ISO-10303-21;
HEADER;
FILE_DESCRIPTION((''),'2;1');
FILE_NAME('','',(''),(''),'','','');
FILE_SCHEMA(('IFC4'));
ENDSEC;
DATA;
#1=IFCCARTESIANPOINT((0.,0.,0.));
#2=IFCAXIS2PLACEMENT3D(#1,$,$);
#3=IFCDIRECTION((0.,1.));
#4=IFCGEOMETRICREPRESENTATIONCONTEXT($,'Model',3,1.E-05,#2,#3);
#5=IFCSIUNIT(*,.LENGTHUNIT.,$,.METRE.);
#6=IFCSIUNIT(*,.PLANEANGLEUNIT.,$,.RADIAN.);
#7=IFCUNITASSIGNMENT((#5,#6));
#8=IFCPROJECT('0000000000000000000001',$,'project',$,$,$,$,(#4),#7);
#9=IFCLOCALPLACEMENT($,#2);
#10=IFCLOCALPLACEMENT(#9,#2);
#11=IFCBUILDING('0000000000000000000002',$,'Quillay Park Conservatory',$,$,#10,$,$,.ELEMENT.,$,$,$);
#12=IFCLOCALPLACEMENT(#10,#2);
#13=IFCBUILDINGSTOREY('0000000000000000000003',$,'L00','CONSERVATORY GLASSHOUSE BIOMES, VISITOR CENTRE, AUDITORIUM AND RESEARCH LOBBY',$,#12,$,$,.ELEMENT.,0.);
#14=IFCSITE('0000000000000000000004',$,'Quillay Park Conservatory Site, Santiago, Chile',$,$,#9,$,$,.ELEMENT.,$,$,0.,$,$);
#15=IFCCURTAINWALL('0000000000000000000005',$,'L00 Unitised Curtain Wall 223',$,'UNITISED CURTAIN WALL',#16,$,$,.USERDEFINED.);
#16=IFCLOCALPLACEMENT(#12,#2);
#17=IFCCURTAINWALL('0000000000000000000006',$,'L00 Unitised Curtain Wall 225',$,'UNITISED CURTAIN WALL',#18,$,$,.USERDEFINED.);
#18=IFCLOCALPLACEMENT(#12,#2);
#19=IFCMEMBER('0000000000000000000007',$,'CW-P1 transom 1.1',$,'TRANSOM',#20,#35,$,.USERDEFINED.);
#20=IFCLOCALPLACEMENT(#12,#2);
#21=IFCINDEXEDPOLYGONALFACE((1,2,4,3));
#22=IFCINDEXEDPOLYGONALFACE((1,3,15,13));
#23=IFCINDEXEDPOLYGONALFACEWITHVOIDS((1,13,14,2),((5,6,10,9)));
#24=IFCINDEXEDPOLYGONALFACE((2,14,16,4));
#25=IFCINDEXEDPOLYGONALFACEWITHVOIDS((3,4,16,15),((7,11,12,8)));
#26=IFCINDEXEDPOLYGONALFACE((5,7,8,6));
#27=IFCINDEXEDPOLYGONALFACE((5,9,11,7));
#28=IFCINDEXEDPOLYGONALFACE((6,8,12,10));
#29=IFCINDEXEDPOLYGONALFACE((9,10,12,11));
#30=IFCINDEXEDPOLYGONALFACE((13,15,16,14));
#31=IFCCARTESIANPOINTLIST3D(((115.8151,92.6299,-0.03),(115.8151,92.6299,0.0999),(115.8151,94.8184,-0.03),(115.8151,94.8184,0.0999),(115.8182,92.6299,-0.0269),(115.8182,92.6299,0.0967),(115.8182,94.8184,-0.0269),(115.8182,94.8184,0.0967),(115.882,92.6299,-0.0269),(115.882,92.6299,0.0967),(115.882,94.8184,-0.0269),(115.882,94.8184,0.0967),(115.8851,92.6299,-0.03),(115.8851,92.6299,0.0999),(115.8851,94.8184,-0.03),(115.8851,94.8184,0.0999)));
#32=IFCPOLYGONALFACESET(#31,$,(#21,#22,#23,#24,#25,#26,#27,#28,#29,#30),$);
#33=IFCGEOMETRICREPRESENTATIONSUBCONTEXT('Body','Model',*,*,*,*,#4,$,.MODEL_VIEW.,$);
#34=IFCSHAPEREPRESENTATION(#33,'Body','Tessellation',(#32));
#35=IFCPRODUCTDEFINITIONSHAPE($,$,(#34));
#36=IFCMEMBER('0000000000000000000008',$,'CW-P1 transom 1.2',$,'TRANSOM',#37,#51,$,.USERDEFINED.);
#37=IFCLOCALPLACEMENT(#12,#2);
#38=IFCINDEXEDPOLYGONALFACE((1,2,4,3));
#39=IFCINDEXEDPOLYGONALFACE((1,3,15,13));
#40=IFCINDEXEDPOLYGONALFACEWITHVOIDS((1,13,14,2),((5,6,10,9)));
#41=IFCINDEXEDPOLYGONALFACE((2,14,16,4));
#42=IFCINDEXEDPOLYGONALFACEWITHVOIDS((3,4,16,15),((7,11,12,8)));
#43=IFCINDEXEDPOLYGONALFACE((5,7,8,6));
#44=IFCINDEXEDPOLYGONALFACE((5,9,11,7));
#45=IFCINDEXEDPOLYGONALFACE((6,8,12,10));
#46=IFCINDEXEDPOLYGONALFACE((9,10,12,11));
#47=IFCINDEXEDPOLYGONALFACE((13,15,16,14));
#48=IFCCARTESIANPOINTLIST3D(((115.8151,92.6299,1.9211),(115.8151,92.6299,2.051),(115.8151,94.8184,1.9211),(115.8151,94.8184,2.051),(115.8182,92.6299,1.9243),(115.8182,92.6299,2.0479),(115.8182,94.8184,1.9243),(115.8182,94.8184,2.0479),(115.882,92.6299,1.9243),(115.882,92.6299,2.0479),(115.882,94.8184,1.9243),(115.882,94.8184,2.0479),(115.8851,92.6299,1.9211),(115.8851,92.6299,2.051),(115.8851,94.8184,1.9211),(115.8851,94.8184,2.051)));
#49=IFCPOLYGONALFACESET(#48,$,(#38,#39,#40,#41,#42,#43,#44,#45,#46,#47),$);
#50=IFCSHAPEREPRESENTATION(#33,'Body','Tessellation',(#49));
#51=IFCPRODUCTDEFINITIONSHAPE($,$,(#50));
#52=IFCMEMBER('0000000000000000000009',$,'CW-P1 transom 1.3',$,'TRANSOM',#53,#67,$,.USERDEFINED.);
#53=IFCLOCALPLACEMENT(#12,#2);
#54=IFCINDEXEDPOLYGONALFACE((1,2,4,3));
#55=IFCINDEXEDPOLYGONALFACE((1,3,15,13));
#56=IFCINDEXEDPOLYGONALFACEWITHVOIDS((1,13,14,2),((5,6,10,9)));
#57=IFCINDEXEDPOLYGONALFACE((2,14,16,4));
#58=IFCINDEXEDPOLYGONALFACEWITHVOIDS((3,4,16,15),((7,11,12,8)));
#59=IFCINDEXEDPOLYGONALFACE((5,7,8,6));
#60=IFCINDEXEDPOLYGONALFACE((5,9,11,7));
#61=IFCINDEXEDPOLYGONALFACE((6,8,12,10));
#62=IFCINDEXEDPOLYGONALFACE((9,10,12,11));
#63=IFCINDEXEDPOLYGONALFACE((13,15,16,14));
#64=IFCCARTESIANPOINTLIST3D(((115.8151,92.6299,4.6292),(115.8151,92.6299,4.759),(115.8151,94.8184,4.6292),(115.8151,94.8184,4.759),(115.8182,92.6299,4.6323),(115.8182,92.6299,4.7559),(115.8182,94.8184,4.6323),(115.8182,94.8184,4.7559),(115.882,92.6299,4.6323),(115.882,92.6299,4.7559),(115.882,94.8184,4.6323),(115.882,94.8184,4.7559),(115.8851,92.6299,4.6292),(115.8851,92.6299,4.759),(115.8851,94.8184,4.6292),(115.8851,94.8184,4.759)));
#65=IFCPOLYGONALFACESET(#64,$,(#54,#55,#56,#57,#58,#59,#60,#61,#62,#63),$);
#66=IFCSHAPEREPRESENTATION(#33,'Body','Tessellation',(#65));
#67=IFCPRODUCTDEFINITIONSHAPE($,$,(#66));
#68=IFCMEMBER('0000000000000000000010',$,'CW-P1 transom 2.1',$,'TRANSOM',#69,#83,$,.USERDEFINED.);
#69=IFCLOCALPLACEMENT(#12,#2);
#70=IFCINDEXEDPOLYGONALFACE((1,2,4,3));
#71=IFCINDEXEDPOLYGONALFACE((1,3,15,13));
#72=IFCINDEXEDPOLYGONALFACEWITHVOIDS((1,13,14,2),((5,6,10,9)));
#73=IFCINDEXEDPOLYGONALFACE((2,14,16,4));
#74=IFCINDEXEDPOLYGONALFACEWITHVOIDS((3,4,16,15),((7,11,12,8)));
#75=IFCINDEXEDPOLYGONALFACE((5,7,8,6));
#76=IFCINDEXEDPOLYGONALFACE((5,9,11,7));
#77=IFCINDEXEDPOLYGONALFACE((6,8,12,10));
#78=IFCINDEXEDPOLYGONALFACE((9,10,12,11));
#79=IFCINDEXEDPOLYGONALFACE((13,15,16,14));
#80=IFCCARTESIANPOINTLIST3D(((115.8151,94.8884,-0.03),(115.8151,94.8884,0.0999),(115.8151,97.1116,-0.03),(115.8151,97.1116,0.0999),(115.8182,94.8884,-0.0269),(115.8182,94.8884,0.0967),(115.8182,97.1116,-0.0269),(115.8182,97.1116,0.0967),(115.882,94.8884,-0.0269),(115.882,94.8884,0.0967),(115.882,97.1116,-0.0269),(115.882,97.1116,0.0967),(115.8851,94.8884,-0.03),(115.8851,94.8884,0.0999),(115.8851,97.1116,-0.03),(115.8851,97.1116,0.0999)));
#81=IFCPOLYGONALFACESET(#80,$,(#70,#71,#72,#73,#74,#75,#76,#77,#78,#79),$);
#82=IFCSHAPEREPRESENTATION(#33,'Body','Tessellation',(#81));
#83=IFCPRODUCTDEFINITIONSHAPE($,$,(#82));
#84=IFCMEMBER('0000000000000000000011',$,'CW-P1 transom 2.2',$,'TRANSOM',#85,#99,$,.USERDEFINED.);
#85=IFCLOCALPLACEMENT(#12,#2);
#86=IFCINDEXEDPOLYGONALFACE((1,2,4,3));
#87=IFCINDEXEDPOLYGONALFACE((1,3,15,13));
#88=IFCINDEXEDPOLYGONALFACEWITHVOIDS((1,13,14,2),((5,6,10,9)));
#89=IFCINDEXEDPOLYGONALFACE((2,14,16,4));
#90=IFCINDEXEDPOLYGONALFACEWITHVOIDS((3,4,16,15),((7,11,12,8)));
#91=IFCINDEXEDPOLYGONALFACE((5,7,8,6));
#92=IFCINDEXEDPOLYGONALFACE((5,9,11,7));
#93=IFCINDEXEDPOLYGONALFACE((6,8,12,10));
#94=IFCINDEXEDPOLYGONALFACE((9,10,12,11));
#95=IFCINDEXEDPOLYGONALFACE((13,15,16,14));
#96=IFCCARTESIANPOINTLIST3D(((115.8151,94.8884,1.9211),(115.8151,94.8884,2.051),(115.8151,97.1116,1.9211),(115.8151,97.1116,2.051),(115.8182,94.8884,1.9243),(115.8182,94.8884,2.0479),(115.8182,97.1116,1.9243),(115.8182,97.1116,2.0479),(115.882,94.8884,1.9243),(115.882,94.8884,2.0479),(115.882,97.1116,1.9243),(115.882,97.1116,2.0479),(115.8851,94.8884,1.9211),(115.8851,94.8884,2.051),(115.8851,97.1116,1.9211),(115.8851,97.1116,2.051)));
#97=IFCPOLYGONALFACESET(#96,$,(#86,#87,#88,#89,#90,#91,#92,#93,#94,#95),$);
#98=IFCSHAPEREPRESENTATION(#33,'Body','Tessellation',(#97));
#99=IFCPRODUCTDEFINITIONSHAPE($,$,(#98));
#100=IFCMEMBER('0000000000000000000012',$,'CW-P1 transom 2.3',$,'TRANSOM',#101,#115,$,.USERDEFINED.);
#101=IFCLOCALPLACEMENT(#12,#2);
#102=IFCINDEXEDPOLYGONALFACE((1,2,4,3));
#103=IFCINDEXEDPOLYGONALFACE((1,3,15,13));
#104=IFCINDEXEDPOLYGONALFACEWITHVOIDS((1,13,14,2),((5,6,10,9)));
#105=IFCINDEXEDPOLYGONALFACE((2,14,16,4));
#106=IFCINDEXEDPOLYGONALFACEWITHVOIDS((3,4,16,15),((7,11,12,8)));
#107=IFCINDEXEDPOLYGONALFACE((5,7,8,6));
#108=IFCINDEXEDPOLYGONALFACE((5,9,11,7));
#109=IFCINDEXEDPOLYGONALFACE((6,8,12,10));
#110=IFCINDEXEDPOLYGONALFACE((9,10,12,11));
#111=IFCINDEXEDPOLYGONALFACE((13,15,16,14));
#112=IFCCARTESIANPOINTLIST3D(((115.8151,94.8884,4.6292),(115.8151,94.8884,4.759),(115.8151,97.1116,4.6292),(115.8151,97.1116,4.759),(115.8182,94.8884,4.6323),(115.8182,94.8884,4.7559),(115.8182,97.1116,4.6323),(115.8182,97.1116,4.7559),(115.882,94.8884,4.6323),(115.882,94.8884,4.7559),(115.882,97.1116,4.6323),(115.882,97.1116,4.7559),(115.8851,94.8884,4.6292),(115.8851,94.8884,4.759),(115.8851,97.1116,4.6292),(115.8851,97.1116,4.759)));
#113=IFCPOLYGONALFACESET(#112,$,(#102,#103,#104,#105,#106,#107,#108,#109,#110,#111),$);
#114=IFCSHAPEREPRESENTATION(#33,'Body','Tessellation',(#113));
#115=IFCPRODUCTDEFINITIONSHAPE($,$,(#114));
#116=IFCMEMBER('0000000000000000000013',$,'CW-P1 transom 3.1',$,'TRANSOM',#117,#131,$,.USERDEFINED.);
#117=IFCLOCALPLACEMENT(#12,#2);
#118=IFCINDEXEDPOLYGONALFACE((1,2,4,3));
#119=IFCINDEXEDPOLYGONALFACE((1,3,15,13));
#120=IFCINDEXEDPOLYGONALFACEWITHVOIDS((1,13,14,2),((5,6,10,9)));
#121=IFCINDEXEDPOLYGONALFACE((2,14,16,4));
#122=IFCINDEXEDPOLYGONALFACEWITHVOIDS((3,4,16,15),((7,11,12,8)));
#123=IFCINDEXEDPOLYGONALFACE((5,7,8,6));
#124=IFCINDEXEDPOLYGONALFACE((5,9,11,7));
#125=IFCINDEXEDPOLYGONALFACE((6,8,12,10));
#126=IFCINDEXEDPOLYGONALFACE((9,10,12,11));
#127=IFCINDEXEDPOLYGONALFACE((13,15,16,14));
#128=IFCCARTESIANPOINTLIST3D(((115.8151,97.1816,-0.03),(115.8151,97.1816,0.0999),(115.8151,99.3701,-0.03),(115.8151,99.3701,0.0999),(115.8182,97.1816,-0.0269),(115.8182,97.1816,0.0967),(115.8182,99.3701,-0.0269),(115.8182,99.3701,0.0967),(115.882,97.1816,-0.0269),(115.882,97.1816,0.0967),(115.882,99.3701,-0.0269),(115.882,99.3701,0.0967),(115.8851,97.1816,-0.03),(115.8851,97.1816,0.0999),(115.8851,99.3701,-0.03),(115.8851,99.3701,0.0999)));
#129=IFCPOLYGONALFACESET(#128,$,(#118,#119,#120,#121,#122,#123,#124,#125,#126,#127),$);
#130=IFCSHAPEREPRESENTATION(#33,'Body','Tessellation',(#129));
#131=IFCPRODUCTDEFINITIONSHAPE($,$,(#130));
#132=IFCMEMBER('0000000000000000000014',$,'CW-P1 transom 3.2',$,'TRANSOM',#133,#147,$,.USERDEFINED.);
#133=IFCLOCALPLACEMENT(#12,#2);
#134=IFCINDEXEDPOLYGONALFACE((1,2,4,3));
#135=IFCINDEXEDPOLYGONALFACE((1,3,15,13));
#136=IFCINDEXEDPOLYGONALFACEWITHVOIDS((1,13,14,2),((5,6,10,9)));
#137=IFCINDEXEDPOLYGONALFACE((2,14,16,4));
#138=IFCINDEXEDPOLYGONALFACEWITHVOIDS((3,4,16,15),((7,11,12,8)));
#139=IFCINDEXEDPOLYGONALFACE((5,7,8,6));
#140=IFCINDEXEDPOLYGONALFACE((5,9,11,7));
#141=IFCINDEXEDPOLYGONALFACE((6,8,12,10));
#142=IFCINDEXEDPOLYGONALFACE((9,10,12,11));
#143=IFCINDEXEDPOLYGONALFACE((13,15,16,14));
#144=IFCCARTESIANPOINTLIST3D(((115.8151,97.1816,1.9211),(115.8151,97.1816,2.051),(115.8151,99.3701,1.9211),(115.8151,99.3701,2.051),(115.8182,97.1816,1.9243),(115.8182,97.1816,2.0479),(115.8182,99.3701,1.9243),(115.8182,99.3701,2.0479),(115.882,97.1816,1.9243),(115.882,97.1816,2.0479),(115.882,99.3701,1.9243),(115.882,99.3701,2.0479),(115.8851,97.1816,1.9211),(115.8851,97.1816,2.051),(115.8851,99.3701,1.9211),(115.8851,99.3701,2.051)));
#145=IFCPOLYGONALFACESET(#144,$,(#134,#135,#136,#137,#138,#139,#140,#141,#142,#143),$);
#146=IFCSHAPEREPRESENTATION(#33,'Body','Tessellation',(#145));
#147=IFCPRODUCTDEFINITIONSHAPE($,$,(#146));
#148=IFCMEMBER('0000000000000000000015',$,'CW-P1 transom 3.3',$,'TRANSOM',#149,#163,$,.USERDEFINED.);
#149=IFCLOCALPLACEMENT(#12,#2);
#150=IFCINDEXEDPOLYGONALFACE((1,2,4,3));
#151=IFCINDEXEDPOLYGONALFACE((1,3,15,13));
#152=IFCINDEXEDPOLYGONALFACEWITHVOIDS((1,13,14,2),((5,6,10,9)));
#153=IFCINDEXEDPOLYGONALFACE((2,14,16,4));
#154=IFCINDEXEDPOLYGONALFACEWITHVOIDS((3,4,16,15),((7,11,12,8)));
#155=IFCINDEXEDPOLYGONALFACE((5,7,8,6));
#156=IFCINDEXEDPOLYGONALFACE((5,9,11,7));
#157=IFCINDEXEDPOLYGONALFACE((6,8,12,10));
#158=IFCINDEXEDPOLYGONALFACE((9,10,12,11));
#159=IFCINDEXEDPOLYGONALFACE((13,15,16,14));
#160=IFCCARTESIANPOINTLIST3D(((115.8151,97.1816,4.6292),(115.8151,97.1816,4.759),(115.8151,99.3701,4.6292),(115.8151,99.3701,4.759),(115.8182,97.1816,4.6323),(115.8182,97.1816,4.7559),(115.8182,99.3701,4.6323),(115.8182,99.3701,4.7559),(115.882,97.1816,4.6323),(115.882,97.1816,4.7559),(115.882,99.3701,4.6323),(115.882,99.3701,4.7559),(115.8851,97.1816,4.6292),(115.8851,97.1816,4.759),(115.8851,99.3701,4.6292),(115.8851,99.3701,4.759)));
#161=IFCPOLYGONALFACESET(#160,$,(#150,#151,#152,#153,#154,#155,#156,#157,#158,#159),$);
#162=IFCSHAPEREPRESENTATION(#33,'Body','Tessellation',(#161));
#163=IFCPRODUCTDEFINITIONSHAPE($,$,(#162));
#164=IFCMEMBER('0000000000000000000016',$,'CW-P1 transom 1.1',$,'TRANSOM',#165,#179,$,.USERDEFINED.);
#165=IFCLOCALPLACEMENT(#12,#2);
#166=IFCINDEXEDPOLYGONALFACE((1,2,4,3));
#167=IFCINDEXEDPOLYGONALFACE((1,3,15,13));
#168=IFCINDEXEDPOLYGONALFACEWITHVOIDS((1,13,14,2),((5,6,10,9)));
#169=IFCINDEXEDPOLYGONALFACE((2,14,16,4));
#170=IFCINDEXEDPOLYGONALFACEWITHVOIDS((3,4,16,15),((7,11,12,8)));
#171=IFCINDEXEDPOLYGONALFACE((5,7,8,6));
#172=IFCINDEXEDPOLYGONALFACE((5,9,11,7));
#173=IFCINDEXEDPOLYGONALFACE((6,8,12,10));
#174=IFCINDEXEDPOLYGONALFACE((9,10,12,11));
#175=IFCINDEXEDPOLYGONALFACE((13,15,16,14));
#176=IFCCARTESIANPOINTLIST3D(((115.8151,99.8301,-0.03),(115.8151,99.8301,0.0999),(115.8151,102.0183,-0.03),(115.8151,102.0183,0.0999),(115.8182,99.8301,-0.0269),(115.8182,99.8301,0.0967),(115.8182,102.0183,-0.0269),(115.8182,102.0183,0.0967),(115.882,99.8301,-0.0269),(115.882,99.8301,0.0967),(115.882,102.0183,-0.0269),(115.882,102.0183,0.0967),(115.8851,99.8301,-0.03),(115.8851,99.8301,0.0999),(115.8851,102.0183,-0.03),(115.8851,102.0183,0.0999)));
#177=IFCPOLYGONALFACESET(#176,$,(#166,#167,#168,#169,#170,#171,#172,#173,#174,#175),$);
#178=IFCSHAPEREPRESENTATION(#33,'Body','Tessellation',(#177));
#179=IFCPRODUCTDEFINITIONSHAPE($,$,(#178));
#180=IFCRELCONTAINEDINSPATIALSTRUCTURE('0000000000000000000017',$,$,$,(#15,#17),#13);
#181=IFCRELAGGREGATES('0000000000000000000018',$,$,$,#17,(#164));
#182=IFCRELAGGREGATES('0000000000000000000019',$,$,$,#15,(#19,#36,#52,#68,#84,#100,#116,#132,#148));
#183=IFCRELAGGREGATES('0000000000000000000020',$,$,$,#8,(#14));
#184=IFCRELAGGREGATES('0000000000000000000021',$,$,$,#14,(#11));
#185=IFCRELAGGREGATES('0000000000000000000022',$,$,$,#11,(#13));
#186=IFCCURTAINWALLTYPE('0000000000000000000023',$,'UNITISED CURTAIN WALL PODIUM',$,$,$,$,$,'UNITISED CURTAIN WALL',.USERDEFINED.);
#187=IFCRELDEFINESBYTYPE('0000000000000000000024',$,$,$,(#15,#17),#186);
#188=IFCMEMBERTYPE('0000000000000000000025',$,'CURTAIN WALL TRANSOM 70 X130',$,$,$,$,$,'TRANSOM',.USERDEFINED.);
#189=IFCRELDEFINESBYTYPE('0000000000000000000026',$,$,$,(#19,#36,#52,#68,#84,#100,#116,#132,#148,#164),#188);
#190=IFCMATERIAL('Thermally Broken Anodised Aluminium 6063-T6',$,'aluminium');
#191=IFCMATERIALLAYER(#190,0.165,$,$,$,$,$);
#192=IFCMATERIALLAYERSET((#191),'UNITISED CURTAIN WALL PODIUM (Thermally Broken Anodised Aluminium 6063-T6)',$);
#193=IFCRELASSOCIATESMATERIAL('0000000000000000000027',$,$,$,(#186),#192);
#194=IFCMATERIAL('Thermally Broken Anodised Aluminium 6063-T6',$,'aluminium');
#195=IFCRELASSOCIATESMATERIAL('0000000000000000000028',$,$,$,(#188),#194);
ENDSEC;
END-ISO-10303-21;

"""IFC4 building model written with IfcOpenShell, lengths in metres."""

from ifc_helpers import new_model, si_unit, direction, frame, origin, origin_2d, place, context, subcontext, project, spatial, hollow_rectangle, extrude, material, layer, layer_set, material_profile, profile_set, type_object, element, aggregate, save


model = new_model("IFC4")

# Units and contexts
model_context = context("Model", 3, precision=1e-05, world=origin(), true_north=direction((0.0, 1.0)))
body_context = subcontext(model_context, "Body", "Model", "MODEL_VIEW")
ifc_project = project(units=[si_unit("LENGTHUNIT", "METRE"), si_unit("PLANEANGLEUNIT", "RADIAN")], contexts=[model_context])

# Site, building, storey
site_placement = place(None, origin())
site = spatial("IfcSite", under=ifc_project, at=site_placement, Name="Quillay Park Conservatory Site, Santiago, Chile", CompositionType="ELEMENT", RefElevation=0.0)
building_placement = place(site_placement, origin())
building = spatial("IfcBuilding", under=site, at=building_placement, Name="Quillay Park Conservatory", CompositionType="ELEMENT")
storey_placement = place(building_placement, origin())
storey = spatial("IfcBuildingStorey", under=building, at=storey_placement, Name="L00", Description="CONSERVATORY GLASSHOUSE BIOMES, VISITOR CENTRE, AUDITORIUM AND RESEARCH LOBBY", CompositionType="ELEMENT", Elevation=0.0)

# Curtain walls
ifc_material_1 = material(Name="Thermally Broken Anodised Aluminium 6063-T6", Category="aluminium")
ifc_layer_1 = layer(ifc_material_1, 0.165)
ifc_layer_set_1 = layer_set([ifc_layer_1], Name="UNITISED CURTAIN WALL PODIUM (Thermally Broken Anodised Aluminium 6063-T6)")
curtain_wall_type_1 = type_object("IfcCurtainWallType", Name="UNITISED CURTAIN WALL PODIUM", ElementType="UNITISED CURTAIN WALL", PredefinedType="USERDEFINED", material=ifc_layer_set_1)
curtain_wall_1_placement = place(storey_placement, origin())
curtain_wall_1 = element("IfcCurtainWall", 1, at=curtain_wall_1_placement, inside=storey, type_object=curtain_wall_type_1, Name="L00 Unitised Curtain Wall 223", ObjectType="UNITISED CURTAIN WALL", PredefinedType="USERDEFINED")
curtain_wall_2_placement = place(storey_placement, origin())
curtain_wall_2 = element("IfcCurtainWall", 2, at=curtain_wall_2_placement, inside=storey, type_object=curtain_wall_type_1, Name="L00 Unitised Curtain Wall 225", ObjectType="UNITISED CURTAIN WALL", PredefinedType="USERDEFINED")
ifc_material_2 = material(Name="Thermally Broken Anodised Aluminium 6063-T6", Category="aluminium")
ifc_material_profile_1 = material_profile(ifc_material_2, hollow_rectangle(XDim=0.0701, YDim=0.1299, WallThickness=0.0032, at=origin_2d()), Name="AL70x130x3.2")
ifc_profile_set_1 = profile_set([ifc_material_profile_1], Name="Thermally Broken Anodised Aluminium 6063-T6")
member_type_1 = type_object("IfcMemberType", Name="CURTAIN WALL TRANSOM 70 X130", ElementType="TRANSOM", PredefinedType="USERDEFINED", material=ifc_profile_set_1)

# Members
member_1_placement = place(storey_placement, frame((115.8501, 92.6299, 0.0349), z_axis=(0.0, 1.0, 0.0), x_axis=(-1.0, 0.0, 0.0)))
member_1 = element("IfcMember", 3, at=member_1_placement, type_object=member_type_1, Name="CW-P1 transom 1.1", ObjectType="TRANSOM", PredefinedType="USERDEFINED", context=body_context, shape_type="SweptSolid", body=[
    extrude(hollow_rectangle(XDim=0.0701, YDim=0.1299, WallThickness=0.0032, at=origin_2d()), origin(), (0.0, 0.0, 1.0), 2.1885),
])
member_2_placement = place(storey_placement, frame((115.8501, 92.6299, 1.9861), z_axis=(0.0, 1.0, 0.0), x_axis=(-1.0, 0.0, 0.0)))
member_2 = element("IfcMember", 4, at=member_2_placement, type_object=member_type_1, Name="CW-P1 transom 1.2", ObjectType="TRANSOM", PredefinedType="USERDEFINED", context=body_context, shape_type="SweptSolid", body=[
    extrude(hollow_rectangle(XDim=0.0701, YDim=0.1299, WallThickness=0.0032, at=origin_2d()), origin(), (0.0, 0.0, 1.0), 2.1885),
])
member_3_placement = place(storey_placement, frame((115.8501, 92.6299, 4.6941), z_axis=(0.0, 1.0, 0.0), x_axis=(-1.0, 0.0, 0.0)))
member_3 = element("IfcMember", 5, at=member_3_placement, type_object=member_type_1, Name="CW-P1 transom 1.3", ObjectType="TRANSOM", PredefinedType="USERDEFINED", context=body_context, shape_type="SweptSolid", body=[
    extrude(hollow_rectangle(XDim=0.0701, YDim=0.1299, WallThickness=0.0032, at=origin_2d()), origin(), (0.0, 0.0, 1.0), 2.1885),
])
member_4_placement = place(storey_placement, frame((115.8501, 94.8884, 0.0349), z_axis=(0.0, 1.0, 0.0), x_axis=(-1.0, 0.0, 0.0)))
member_4 = element("IfcMember", 6, at=member_4_placement, type_object=member_type_1, Name="CW-P1 transom 2.1", ObjectType="TRANSOM", PredefinedType="USERDEFINED", context=body_context, shape_type="SweptSolid", body=[
    extrude(hollow_rectangle(XDim=0.0701, YDim=0.1299, WallThickness=0.0032, at=origin_2d()), origin(), (0.0, 0.0, 1.0), 2.2231),
])
member_5_placement = place(storey_placement, frame((115.8501, 94.8884, 1.9861), z_axis=(0.0, 1.0, 0.0), x_axis=(-1.0, 0.0, 0.0)))
member_5 = element("IfcMember", 7, at=member_5_placement, type_object=member_type_1, Name="CW-P1 transom 2.2", ObjectType="TRANSOM", PredefinedType="USERDEFINED", context=body_context, shape_type="SweptSolid", body=[
    extrude(hollow_rectangle(XDim=0.0701, YDim=0.1299, WallThickness=0.0032, at=origin_2d()), origin(), (0.0, 0.0, 1.0), 2.2231),
])
member_6_placement = place(storey_placement, frame((115.8501, 94.8884, 4.6941), z_axis=(0.0, 1.0, 0.0), x_axis=(-1.0, 0.0, 0.0)))
member_6 = element("IfcMember", 8, at=member_6_placement, type_object=member_type_1, Name="CW-P1 transom 2.3", ObjectType="TRANSOM", PredefinedType="USERDEFINED", context=body_context, shape_type="SweptSolid", body=[
    extrude(hollow_rectangle(XDim=0.0701, YDim=0.1299, WallThickness=0.0032, at=origin_2d()), origin(), (0.0, 0.0, 1.0), 2.2231),
])
member_7_placement = place(storey_placement, frame((115.8501, 97.1816, 0.0349), z_axis=(0.0, 1.0, 0.0), x_axis=(-1.0, 0.0, 0.0)))
member_7 = element("IfcMember", 9, at=member_7_placement, type_object=member_type_1, Name="CW-P1 transom 3.1", ObjectType="TRANSOM", PredefinedType="USERDEFINED", context=body_context, shape_type="SweptSolid", body=[
    extrude(hollow_rectangle(XDim=0.0701, YDim=0.1299, WallThickness=0.0032, at=origin_2d()), origin(), (0.0, 0.0, 1.0), 2.1885),
])
member_8_placement = place(storey_placement, frame((115.8501, 97.1816, 1.9861), z_axis=(0.0, 1.0, 0.0), x_axis=(-1.0, 0.0, 0.0)))
member_8 = element("IfcMember", 10, at=member_8_placement, type_object=member_type_1, Name="CW-P1 transom 3.2", ObjectType="TRANSOM", PredefinedType="USERDEFINED", context=body_context, shape_type="SweptSolid", body=[
    extrude(hollow_rectangle(XDim=0.0701, YDim=0.1299, WallThickness=0.0032, at=origin_2d()), origin(), (0.0, 0.0, 1.0), 2.1885),
])
member_9_placement = place(storey_placement, frame((115.8501, 97.1816, 4.6941), z_axis=(0.0, 1.0, 0.0), x_axis=(-1.0, 0.0, 0.0)))
member_9 = element("IfcMember", 11, at=member_9_placement, type_object=member_type_1, Name="CW-P1 transom 3.3", ObjectType="TRANSOM", PredefinedType="USERDEFINED", context=body_context, shape_type="SweptSolid", body=[
    extrude(hollow_rectangle(XDim=0.0701, YDim=0.1299, WallThickness=0.0032, at=origin_2d()), origin(), (0.0, 0.0, 1.0), 2.1885),
])
member_10_placement = place(storey_placement, frame((115.8501, 99.8301, 0.0349), z_axis=(0.0, 1.0, 0.0), x_axis=(-1.0, 0.0, 0.0)))
member_10 = element("IfcMember", 12, at=member_10_placement, type_object=member_type_1, Name="CW-P1 transom 1.1", ObjectType="TRANSOM", PredefinedType="USERDEFINED", context=body_context, shape_type="SweptSolid", body=[
    extrude(hollow_rectangle(XDim=0.0701, YDim=0.1299, WallThickness=0.0032, at=origin_2d()), origin(), (0.0, 0.0, 1.0), 2.1882),
])
aggregate(curtain_wall_2, [member_10])

aggregate(curtain_wall_1, [member_1, member_2, member_3, member_4, member_5, member_6, member_7, member_8, member_9])

save(model, "model.ifc")
